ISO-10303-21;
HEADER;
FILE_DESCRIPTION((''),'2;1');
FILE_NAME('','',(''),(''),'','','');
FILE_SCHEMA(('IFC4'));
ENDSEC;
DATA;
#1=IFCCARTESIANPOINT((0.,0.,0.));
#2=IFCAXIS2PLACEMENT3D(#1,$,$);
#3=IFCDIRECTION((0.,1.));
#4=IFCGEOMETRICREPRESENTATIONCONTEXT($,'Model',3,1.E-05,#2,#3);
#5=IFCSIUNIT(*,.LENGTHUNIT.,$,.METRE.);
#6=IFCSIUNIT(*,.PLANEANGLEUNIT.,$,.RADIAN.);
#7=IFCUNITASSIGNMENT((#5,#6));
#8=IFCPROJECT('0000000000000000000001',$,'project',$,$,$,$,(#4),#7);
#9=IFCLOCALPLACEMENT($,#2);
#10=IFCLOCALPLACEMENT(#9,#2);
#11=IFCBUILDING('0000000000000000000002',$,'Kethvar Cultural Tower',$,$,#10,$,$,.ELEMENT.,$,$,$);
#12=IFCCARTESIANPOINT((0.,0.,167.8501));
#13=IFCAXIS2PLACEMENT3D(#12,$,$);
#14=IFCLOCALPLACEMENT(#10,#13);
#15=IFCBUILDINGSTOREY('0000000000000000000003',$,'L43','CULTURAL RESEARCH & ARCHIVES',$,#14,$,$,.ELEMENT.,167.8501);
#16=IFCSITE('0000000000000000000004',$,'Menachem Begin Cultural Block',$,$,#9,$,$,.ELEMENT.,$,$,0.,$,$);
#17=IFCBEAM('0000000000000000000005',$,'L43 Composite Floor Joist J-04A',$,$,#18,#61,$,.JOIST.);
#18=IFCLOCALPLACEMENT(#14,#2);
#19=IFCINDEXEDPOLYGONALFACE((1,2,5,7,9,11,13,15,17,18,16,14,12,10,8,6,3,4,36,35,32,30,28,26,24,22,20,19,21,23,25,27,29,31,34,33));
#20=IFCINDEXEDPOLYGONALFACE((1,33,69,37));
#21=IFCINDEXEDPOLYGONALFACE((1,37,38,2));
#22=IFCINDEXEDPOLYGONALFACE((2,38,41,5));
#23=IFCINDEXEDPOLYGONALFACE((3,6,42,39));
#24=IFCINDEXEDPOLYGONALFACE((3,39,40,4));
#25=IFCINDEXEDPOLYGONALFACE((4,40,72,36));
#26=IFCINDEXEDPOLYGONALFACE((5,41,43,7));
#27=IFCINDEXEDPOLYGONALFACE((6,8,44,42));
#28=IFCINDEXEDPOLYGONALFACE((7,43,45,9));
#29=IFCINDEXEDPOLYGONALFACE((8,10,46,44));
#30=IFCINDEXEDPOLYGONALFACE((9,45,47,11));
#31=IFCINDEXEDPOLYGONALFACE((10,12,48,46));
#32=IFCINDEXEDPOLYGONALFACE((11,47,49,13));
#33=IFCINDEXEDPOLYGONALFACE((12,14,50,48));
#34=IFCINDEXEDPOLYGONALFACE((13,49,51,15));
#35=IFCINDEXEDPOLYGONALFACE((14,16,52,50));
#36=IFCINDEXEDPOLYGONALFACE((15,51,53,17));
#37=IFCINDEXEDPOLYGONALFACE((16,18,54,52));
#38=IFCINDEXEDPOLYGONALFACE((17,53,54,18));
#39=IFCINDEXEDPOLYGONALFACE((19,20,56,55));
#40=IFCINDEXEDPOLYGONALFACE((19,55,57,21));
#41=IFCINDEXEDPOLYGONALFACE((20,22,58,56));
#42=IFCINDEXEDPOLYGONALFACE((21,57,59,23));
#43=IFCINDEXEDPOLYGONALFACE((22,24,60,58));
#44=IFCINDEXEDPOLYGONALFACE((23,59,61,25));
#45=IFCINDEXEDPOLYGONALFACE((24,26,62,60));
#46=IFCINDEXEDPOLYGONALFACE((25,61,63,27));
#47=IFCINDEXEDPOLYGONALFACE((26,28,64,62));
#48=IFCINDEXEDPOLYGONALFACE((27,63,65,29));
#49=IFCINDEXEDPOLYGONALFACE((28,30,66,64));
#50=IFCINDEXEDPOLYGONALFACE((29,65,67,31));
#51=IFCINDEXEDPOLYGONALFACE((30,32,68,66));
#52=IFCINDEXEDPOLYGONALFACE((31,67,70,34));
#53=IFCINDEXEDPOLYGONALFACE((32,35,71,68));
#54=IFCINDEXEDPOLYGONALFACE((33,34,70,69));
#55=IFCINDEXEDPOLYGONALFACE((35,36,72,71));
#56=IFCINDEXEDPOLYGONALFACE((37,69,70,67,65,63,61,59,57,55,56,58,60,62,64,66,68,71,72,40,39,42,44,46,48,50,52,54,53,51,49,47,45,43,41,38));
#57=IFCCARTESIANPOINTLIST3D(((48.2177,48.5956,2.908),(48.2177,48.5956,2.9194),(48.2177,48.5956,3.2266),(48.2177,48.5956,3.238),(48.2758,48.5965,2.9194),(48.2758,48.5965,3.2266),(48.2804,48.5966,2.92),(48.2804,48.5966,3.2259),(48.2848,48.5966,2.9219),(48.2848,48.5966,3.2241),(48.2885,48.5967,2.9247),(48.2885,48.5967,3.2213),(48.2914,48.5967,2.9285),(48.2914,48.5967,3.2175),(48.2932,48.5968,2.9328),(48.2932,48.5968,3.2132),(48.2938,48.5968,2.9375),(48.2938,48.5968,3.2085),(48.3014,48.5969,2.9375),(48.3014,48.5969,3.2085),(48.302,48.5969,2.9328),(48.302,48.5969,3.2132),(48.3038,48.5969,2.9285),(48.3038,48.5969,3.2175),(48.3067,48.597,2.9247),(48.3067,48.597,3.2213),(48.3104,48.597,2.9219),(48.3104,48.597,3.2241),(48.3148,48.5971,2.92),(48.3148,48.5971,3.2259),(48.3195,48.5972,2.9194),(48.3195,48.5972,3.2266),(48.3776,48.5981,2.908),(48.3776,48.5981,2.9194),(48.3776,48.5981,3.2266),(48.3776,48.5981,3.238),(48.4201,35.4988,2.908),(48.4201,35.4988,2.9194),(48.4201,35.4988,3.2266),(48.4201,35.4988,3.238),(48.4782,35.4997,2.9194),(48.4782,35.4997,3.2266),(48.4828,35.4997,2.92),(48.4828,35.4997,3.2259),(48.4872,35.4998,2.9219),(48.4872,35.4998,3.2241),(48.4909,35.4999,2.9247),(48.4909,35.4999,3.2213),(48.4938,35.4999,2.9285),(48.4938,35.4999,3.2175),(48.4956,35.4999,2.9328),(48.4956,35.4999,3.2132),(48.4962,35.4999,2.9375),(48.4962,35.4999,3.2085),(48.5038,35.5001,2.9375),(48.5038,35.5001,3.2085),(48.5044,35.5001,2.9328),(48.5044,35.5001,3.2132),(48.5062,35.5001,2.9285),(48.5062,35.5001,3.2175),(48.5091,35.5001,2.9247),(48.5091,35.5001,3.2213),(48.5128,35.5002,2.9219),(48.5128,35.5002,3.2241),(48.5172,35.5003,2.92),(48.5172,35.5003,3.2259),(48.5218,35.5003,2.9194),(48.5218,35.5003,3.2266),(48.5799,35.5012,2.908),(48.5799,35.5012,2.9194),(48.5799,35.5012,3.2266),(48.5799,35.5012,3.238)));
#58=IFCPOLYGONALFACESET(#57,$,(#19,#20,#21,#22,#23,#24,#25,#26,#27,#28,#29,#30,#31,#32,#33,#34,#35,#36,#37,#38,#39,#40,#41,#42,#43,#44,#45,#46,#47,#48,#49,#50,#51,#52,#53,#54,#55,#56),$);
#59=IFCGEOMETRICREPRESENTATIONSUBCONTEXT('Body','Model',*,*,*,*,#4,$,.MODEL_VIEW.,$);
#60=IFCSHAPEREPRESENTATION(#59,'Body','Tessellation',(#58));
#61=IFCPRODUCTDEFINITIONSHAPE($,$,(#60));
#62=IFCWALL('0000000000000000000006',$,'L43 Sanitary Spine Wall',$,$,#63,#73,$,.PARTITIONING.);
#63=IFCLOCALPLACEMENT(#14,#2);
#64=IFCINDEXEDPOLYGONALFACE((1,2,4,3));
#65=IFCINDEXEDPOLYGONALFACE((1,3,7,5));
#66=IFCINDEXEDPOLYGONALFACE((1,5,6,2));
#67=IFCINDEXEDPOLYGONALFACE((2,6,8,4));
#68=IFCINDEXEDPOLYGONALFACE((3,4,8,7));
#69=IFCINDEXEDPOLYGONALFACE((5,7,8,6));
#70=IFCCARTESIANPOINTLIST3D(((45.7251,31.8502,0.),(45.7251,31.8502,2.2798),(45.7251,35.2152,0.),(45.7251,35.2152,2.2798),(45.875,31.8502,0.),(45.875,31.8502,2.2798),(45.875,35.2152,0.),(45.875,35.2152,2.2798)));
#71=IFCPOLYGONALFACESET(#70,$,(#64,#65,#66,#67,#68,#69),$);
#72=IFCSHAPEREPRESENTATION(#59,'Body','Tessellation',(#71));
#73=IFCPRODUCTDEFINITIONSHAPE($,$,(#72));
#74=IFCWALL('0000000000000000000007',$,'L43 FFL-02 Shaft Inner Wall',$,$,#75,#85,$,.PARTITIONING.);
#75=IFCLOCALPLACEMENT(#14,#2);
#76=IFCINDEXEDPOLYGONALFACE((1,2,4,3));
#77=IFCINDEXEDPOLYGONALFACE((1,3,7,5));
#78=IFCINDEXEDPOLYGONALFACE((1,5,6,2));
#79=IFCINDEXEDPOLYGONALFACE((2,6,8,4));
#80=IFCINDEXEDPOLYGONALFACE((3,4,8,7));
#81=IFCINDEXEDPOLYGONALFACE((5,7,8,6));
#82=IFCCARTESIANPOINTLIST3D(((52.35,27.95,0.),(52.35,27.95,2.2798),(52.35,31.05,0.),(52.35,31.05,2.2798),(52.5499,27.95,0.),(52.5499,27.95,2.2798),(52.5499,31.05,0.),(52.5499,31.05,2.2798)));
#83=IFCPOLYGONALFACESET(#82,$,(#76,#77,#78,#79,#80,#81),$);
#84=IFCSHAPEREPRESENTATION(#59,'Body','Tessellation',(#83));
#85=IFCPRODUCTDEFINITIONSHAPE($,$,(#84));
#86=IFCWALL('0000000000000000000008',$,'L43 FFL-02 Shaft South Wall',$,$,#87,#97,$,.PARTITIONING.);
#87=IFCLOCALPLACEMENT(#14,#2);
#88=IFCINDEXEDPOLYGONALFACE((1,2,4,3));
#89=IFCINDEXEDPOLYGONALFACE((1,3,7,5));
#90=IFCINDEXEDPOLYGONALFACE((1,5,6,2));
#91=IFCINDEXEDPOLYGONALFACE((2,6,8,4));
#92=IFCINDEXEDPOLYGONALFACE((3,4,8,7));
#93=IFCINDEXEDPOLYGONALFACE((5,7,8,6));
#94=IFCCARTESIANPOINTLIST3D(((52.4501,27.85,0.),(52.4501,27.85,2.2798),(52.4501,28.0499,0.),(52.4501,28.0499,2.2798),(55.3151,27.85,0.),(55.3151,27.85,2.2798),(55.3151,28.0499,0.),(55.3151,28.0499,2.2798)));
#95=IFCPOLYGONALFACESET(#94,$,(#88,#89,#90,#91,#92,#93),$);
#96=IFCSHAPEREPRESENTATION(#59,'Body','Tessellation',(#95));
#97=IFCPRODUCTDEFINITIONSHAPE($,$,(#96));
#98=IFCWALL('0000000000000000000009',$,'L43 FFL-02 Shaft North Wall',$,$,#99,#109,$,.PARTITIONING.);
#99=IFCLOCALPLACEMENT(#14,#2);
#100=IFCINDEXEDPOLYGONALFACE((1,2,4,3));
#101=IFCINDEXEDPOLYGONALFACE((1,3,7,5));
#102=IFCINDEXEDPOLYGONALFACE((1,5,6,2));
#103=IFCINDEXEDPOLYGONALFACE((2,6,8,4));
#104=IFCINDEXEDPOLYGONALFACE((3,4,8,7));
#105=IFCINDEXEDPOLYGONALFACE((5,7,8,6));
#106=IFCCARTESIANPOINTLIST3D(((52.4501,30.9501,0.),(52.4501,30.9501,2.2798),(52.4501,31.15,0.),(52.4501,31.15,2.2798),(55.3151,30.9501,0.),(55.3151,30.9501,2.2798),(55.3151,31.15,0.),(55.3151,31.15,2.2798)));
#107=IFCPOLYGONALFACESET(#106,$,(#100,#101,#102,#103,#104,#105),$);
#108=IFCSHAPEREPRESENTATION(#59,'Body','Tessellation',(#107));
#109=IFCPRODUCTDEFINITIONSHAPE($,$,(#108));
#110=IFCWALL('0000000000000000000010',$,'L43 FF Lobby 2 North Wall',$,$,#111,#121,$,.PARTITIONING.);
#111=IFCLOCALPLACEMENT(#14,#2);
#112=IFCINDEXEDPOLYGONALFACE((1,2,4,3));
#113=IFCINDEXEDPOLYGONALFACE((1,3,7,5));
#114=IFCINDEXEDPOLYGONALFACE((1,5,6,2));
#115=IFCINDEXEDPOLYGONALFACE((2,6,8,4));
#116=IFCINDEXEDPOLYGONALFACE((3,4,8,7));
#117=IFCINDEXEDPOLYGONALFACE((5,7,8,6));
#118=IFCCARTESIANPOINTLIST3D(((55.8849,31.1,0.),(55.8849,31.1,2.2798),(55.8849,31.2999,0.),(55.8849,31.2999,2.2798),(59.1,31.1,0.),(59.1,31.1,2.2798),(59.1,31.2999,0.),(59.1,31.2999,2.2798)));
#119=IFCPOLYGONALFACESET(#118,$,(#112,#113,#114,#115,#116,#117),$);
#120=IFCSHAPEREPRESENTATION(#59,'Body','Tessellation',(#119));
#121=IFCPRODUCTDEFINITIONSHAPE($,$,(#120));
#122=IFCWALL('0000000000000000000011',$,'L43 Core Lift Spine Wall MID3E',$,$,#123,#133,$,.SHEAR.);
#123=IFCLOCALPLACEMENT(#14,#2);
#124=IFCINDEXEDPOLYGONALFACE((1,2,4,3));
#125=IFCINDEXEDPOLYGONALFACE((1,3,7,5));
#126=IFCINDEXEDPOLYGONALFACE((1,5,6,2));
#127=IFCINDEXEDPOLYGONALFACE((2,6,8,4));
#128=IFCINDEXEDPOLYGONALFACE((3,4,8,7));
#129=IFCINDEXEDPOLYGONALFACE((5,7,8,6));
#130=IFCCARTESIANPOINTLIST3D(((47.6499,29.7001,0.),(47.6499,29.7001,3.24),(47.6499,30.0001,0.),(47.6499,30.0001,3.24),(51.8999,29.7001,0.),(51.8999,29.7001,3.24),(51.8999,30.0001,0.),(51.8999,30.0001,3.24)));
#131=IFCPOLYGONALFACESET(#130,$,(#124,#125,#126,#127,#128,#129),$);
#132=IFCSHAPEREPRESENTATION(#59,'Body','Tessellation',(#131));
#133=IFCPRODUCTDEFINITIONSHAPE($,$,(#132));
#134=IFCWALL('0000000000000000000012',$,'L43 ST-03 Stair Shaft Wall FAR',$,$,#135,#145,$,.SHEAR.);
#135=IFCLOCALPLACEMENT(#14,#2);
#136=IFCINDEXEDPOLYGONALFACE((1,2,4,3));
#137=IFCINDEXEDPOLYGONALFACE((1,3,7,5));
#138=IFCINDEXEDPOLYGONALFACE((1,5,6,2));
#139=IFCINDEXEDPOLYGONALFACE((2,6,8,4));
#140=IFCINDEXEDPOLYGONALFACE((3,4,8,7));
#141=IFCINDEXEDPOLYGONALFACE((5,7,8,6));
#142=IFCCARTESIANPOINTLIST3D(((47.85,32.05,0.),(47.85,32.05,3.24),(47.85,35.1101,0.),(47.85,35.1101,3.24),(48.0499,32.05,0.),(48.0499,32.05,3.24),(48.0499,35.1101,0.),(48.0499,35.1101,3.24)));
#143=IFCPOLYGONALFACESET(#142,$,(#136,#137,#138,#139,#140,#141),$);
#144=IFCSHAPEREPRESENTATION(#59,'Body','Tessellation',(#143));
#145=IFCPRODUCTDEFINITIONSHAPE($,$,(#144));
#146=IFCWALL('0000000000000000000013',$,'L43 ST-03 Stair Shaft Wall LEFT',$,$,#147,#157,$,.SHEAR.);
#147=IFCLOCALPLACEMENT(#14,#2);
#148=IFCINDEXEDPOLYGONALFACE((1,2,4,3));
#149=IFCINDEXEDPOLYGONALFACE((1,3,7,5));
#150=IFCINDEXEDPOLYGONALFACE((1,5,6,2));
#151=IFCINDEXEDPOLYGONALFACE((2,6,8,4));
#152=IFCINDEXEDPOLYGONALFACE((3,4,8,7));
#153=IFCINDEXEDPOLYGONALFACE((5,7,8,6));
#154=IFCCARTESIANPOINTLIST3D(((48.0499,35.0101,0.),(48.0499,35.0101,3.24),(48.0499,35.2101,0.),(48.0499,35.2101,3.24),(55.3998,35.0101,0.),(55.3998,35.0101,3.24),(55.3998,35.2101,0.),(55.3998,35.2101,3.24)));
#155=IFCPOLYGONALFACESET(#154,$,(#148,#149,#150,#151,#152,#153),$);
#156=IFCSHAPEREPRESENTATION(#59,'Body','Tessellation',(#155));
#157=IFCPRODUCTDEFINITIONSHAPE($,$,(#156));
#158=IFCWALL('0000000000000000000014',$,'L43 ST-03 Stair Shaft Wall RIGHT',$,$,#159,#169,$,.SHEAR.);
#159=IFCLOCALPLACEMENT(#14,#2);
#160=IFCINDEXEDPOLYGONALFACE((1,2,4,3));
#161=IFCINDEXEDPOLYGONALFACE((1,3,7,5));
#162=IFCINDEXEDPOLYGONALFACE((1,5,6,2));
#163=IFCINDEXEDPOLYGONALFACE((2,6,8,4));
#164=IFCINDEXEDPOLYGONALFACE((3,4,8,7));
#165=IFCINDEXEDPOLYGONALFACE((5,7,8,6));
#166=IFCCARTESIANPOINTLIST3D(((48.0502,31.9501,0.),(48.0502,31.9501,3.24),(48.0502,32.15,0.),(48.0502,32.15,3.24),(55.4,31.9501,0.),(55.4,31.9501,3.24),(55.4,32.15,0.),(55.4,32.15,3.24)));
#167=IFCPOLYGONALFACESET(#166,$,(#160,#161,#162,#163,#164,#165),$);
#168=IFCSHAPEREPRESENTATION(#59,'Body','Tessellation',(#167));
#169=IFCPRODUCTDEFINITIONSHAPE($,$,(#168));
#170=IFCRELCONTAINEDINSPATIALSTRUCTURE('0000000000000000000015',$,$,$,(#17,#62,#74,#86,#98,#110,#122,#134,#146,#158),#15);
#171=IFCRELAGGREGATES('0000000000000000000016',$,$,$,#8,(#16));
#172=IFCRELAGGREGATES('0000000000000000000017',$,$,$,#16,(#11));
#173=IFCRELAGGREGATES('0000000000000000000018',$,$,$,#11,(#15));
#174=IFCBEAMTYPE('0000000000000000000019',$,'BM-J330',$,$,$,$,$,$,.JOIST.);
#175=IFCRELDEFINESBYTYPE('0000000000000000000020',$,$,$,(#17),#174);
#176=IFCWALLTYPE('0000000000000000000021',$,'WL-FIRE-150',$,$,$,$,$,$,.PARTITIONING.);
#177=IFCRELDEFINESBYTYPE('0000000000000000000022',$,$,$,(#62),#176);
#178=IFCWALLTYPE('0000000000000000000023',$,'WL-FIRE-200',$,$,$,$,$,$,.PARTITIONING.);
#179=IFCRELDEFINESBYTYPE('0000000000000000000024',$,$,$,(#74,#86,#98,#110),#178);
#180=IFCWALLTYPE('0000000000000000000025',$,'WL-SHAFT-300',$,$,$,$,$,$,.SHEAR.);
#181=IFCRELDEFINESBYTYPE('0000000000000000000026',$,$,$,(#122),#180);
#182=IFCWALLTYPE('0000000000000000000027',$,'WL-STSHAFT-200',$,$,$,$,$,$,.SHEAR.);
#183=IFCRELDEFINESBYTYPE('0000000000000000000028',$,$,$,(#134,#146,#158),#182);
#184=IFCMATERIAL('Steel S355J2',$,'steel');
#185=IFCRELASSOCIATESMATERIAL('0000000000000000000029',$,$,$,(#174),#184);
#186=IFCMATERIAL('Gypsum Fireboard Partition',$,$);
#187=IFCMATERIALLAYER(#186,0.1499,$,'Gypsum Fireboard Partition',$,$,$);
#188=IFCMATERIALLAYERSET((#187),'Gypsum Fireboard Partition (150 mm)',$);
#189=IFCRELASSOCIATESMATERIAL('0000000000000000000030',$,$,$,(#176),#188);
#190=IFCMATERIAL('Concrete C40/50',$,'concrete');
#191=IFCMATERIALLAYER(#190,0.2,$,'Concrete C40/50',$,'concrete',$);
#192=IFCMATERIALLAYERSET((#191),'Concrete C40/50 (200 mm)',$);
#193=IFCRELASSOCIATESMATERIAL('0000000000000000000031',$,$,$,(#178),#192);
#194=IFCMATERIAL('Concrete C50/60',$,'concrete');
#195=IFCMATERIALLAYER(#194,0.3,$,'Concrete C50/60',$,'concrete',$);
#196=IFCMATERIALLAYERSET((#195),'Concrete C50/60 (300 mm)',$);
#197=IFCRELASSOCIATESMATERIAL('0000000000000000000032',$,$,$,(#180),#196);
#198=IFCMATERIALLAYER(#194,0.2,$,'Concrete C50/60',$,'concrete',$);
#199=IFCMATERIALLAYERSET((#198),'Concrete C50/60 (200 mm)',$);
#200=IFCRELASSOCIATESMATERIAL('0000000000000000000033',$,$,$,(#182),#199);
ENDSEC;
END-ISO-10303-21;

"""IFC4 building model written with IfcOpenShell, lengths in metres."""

from ifc_helpers import new_model, si_unit, direction, frame, frame_2d, origin, origin_2d, place, context, subcontext, project, spatial, rectangle, i_section, extrude, source, transform, mapped, material, layer, layer_set, material_profile, profile_set, type_object, element, save


model = new_model("IFC4")

# Units and contexts
model_context = context("Model", 3, precision=1e-05, world=origin(), true_north=direction((0.0, 1.0)))
body_context = subcontext(model_context, "Body", "Model", "MODEL_VIEW")
ifc_project = project(units=[si_unit("LENGTHUNIT", "METRE"), si_unit("PLANEANGLEUNIT", "RADIAN")], contexts=[model_context])

# Site, building, storey
site_placement = place(None, origin())
site = spatial("IfcSite", under=ifc_project, at=site_placement, Name="Menachem Begin Cultural Block", CompositionType="ELEMENT", RefElevation=0.0)
building_placement = place(site_placement, origin())
building = spatial("IfcBuilding", under=site, at=building_placement, Name="Kethvar Cultural Tower", CompositionType="ELEMENT")
storey_placement = place(building_placement, frame((0.0, 0.0, 167.8501)))
storey = spatial("IfcBuildingStorey", under=building, at=storey_placement, Name="L43", Description="CULTURAL RESEARCH & ARCHIVES", CompositionType="ELEMENT", Elevation=167.8501)

# Beam
ifc_material_1 = material(Name="Steel S355J2", Category="steel")
ifc_material_profile_1 = material_profile(ifc_material_1, i_section(OverallWidth=0.1599, OverallDepth=0.3301, WebThickness=0.0076, FlangeThickness=0.0115, FilletRadius=0.0181, at=origin_2d()), Name="Steel S355J2 — IPE330")
ifc_profile_set_1 = profile_set([ifc_material_profile_1], Name="Steel S355J2 — IPE330")
beam_type_1 = type_object("IfcBeamType", Name="BM-J330", PredefinedType="JOIST", material=ifc_profile_set_1)
shared_shape_1 = source(origin(), body_context, "Body", "SweptSolid", [
    extrude(i_section(OverallWidth=0.1599, OverallDepth=0.3301, WebThickness=0.0076, FlangeThickness=0.0115, FilletRadius=0.0181, at=origin_2d()), origin(), (0.0, 0.0, 1.0), 13.0984),
])
beam_1_placement = place(storey_placement, frame((48.5, 35.5, 3.073), z_axis=(-0.015452, 0.999881, 0.0), x_axis=(-0.999881, -0.015452, 0.0)))
element("IfcBeam", 1, at=beam_1_placement, inside=storey, type_object=beam_type_1, Name="L43 Composite Floor Joist J-04A", PredefinedType="JOIST", context=body_context, shape_type="MappedRepresentation", body=[
    mapped(shared_shape_1, transform((0.0, 0.0, 0.0), scale=1.0)),
])

# Walls
ifc_material_2 = material(Name="Gypsum Fireboard Partition")
ifc_layer_1 = layer(ifc_material_2, 0.1499, Name="Gypsum Fireboard Partition")
ifc_layer_set_1 = layer_set([ifc_layer_1], Name="Gypsum Fireboard Partition (150 mm)")
wall_type_1 = type_object("IfcWallType", Name="WL-FIRE-150", PredefinedType="PARTITIONING", material=ifc_layer_set_1)
wall_1_placement = place(storey_placement, frame((45.8, 31.8501, 0.0), z_axis=(0.0, 0.0, 1.0), x_axis=(0.0, 1.0, 0.0)))
element("IfcWall", 2, at=wall_1_placement, inside=storey, type_object=wall_type_1, Name="L43 Sanitary Spine Wall", PredefinedType="PARTITIONING", context=body_context, shape_type="SweptSolid", body=[
    extrude(rectangle(XDim=3.365, YDim=0.1499, at=frame_2d((1.6826, 0.0))), origin(), (0.0, 0.0, 1.0), 2.2798),
])
ifc_material_3 = material(Name="Concrete C40/50", Category="concrete")
ifc_layer_2 = layer(ifc_material_3, 0.2, Name="Concrete C40/50", Category="concrete")
ifc_layer_set_2 = layer_set([ifc_layer_2], Name="Concrete C40/50 (200 mm)")
wall_type_2 = type_object("IfcWallType", Name="WL-FIRE-200", PredefinedType="PARTITIONING", material=ifc_layer_set_2)
wall_2_placement = place(storey_placement, frame((52.45, 27.95, 0.0), z_axis=(0.0, 0.0, 1.0), x_axis=(0.0, 1.0, 0.0)))
element("IfcWall", 3, at=wall_2_placement, inside=storey, type_object=wall_type_2, Name="L43 FFL-02 Shaft Inner Wall", PredefinedType="PARTITIONING", context=body_context, shape_type="SweptSolid", body=[
    extrude(rectangle(XDim=3.1001, YDim=0.2, at=frame_2d((1.55, 0.0))), origin(), (0.0, 0.0, 1.0), 2.2798),
])
for number, where, z_axis, x_axis, name in (
    (4, (52.45, 27.95, 0.0), (0.0, 0.0, 1.0), (1.0, 0.0, 0.0), "L43 FFL-02 Shaft South Wall"),
    (5, (52.45, 31.05, 0.0), (0.0, 0.0, 1.0), (1.0, 0.0, 0.0), "L43 FFL-02 Shaft North Wall"),
):
    element("IfcWall", number, at=place(storey_placement, frame(where, z_axis=z_axis, x_axis=x_axis)), inside=storey, type_object=wall_type_2, Name=name, PredefinedType="PARTITIONING", context=body_context, shape_type="SweptSolid", body=[
        extrude(rectangle(XDim=2.865, YDim=0.2, at=frame_2d((1.4326, 0.0))), origin(), (0.0, 0.0, 1.0), 2.2798),
    ])
wall_3_placement = place(storey_placement, frame((55.885, 31.2, 0.0), z_axis=(0.0, 0.0, 1.0), x_axis=(1.0, 0.0, 0.0)))
element("IfcWall", 6, at=wall_3_placement, inside=storey, type_object=wall_type_2, Name="L43 FF Lobby 2 North Wall", PredefinedType="PARTITIONING", context=body_context, shape_type="SweptSolid", body=[
    extrude(rectangle(XDim=3.2151, YDim=0.2, at=frame_2d((1.6074, 0.0))), origin(), (0.0, 0.0, 1.0), 2.2798),
])
ifc_material_4 = material(Name="Concrete C50/60", Category="concrete")
ifc_layer_3 = layer(ifc_material_4, 0.3, Name="Concrete C50/60", Category="concrete")
ifc_layer_set_3 = layer_set([ifc_layer_3], Name="Concrete C50/60 (300 mm)")
wall_type_3 = type_object("IfcWallType", Name="WL-SHAFT-300", PredefinedType="SHEAR", material=ifc_layer_set_3)
wall_4_placement = place(storey_placement, frame((47.6499, 29.8501, 0.0), z_axis=(0.0, 0.0, 1.0), x_axis=(1.0, 0.0, 0.0)))
element("IfcWall", 7, at=wall_4_placement, inside=storey, type_object=wall_type_3, Name="L43 Core Lift Spine Wall MID3E", PredefinedType="SHEAR", context=body_context, shape_type="SweptSolid", body=[
    extrude(rectangle(XDim=4.25, YDim=0.3, at=frame_2d((2.125, 0.0))), origin(), (0.0, 0.0, 1.0), 3.24),
])
ifc_layer_4 = layer(ifc_material_4, 0.2, Name="Concrete C50/60", Category="concrete")
ifc_layer_set_4 = layer_set([ifc_layer_4], Name="Concrete C50/60 (200 mm)")
wall_type_4 = type_object("IfcWallType", Name="WL-STSHAFT-200", PredefinedType="SHEAR", material=ifc_layer_set_4)
wall_5_placement = place(storey_placement, frame((47.95, 32.05, 0.0), z_axis=(0.0, 0.0, 1.0), x_axis=(0.0, 1.0, 0.0)))
element("IfcWall", 8, at=wall_5_placement, inside=storey, type_object=wall_type_4, Name="L43 ST-03 Stair Shaft Wall FAR", PredefinedType="SHEAR", context=body_context, shape_type="SweptSolid", body=[
    extrude(rectangle(XDim=3.0601, YDim=0.2, at=frame_2d((1.53, 0.0))), origin(), (0.0, 0.0, 1.0), 3.24),
])
for number, where, z_axis, x_axis, name in (
    (9, (48.05, 35.1101, 0.0), (0.0, 0.0, 1.0), (1.0, 0.0, 0.0), "L43 ST-03 Stair Shaft Wall LEFT"),
    (10, (55.3999, 32.05, 0.0), (0.0, 0.0, 1.0), (-1.0, 0.0, 0.0), "L43 ST-03 Stair Shaft Wall RIGHT"),
):
    element("IfcWall", number, at=place(storey_placement, frame(where, z_axis=z_axis, x_axis=x_axis)), inside=storey, type_object=wall_type_4, Name=name, PredefinedType="SHEAR", context=body_context, shape_type="SweptSolid", body=[
        extrude(rectangle(XDim=7.3499, YDim=0.2, at=frame_2d((3.6748, 0.0))), origin(), (0.0, 0.0, 1.0), 3.24),
    ])

save(model, "model.ifc")
